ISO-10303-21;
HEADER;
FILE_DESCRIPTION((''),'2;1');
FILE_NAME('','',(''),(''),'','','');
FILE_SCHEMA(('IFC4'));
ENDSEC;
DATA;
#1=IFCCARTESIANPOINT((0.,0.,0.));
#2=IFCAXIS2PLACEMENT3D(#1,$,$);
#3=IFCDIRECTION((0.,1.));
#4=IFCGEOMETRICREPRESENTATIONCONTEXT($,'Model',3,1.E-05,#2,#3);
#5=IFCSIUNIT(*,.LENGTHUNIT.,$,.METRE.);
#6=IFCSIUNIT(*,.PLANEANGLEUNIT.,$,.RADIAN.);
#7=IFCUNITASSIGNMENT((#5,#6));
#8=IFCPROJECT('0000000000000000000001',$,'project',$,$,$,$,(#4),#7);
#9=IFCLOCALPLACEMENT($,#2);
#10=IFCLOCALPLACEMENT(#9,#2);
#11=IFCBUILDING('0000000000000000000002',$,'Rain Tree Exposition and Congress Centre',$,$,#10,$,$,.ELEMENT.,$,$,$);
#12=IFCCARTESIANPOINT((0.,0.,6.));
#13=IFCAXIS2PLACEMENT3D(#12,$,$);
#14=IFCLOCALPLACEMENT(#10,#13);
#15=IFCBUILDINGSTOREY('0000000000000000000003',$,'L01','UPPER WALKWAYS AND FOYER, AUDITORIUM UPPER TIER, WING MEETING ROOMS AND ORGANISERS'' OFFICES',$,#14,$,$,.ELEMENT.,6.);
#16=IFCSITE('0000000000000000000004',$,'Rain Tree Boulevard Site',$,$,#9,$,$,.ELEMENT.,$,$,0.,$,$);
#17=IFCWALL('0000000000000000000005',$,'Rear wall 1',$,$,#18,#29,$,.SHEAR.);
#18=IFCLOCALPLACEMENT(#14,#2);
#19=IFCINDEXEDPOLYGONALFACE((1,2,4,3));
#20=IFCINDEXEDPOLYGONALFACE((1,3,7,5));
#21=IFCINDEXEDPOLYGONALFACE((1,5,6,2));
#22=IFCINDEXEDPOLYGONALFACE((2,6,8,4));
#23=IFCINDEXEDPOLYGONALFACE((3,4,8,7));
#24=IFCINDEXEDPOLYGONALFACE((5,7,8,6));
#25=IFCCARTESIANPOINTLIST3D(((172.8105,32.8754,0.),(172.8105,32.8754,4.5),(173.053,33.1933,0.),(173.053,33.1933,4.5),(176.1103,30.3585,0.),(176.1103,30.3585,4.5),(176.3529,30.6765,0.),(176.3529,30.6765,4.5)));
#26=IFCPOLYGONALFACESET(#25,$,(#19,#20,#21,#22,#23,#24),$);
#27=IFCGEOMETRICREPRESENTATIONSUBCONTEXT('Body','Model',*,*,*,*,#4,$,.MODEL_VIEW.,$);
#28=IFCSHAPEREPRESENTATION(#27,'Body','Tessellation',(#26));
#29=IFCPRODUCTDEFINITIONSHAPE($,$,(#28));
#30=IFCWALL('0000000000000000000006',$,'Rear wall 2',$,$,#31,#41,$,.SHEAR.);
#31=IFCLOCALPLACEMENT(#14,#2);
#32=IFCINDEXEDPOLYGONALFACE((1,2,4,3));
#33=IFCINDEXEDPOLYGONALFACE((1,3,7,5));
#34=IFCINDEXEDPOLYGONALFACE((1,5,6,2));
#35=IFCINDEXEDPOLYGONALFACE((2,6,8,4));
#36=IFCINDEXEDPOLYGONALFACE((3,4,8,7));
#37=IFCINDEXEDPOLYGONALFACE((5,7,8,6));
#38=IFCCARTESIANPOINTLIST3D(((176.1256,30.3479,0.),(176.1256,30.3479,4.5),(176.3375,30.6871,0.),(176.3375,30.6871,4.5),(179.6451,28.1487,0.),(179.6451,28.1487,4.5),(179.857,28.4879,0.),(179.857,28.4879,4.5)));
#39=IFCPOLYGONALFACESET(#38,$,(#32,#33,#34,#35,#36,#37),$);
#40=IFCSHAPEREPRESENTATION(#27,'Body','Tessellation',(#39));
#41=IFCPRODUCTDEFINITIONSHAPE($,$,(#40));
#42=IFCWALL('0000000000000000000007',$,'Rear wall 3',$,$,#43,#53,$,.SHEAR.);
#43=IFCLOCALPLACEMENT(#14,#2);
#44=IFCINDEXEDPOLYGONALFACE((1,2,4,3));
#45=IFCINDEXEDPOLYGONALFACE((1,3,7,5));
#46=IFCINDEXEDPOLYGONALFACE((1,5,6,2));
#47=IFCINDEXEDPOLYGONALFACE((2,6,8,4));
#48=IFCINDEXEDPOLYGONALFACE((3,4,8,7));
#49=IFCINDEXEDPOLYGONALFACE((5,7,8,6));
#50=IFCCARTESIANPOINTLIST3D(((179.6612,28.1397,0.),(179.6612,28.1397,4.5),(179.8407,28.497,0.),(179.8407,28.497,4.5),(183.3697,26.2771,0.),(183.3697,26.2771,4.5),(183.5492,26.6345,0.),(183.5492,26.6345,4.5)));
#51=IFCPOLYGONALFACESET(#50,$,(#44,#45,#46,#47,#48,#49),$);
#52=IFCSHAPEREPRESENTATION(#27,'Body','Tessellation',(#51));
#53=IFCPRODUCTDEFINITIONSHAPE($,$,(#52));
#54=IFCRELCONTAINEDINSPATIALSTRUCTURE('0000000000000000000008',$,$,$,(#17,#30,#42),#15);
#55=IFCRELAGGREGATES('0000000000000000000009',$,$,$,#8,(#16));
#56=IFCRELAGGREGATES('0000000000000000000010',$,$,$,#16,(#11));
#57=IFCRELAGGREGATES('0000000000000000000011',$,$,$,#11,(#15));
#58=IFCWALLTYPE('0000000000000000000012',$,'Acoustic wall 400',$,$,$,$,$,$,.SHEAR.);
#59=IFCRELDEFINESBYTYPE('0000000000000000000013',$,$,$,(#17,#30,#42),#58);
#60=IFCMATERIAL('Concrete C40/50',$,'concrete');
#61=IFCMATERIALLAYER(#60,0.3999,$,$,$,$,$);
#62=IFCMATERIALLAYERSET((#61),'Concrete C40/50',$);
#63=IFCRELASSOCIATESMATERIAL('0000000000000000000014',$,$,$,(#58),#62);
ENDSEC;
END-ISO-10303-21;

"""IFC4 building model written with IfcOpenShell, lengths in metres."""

from ifc_helpers import new_model, si_unit, direction, frame, frame_2d, origin, place, context, subcontext, project, spatial, rectangle, extrude, material, layer, layer_set, type_object, element, save


model = new_model("IFC4")

# Units and contexts
model_context = context("Model", 3, precision=1e-05, world=origin(), true_north=direction((0.0, 1.0)))
body_context = subcontext(model_context, "Body", "Model", "MODEL_VIEW")
ifc_project = project(units=[si_unit("LENGTHUNIT", "METRE"), si_unit("PLANEANGLEUNIT", "RADIAN")], contexts=[model_context])

# Site, building, storey
site_placement = place(None, origin())
site = spatial("IfcSite", under=ifc_project, at=site_placement, Name="Rain Tree Boulevard Site", CompositionType="ELEMENT", RefElevation=0.0)
building_placement = place(site_placement, origin())
building = spatial("IfcBuilding", under=site, at=building_placement, Name="Rain Tree Exposition and Congress Centre", CompositionType="ELEMENT")
storey_placement = place(building_placement, frame((0.0, 0.0, 6.0)))
storey = spatial("IfcBuildingStorey", under=building, at=storey_placement, Name="L01", Description="UPPER WALKWAYS AND FOYER, AUDITORIUM UPPER TIER, WING MEETING ROOMS AND ORGANISERS' OFFICES", CompositionType="ELEMENT", Elevation=6.0)

# Walls
ifc_material_1 = material(Name="Concrete C40/50", Category="concrete")
ifc_layer_1 = layer(ifc_material_1, 0.3999)
ifc_layer_set_1 = layer_set([ifc_layer_1], Name="Concrete C40/50")
wall_type = type_object("IfcWallType", Name="Acoustic wall 400", PredefinedType="SHEAR", material=ifc_layer_set_1)
for number, where, z_axis, x_axis, name in (
    (1, (172.9316, 33.0344, 0.0), (0.0, 0.0, 1.0), (0.795117, -0.606456, 0.0), "Rear wall 1"),
    (2, (176.2314, 30.5176, 0.0), (0.0, 0.0, 1.0), (0.848051, -0.529914, 0.0), "Rear wall 2"),
):
    element("IfcWall", number, at=place(storey_placement, frame(where, z_axis=z_axis, x_axis=x_axis)), inside=storey, type_object=wall_type, Name=name, PredefinedType="SHEAR", context=body_context, shape_type="SweptSolid", body=[
        extrude(rectangle(XDim=4.1501, YDim=0.3999, at=frame_2d((2.0752, 0.0))), origin(), (0.0, 0.0, 1.0), 4.5),
    ])
wall_placement = place(storey_placement, frame((179.751, 28.3184, 0.0), z_axis=(0.0, 0.0, 1.0), x_axis=(0.893626, -0.448813, 0.0)))
element("IfcWall", 3, at=wall_placement, inside=storey, type_object=wall_type, Name="Rear wall 3", PredefinedType="SHEAR", context=body_context, shape_type="SweptSolid", body=[
    extrude(rectangle(XDim=4.1499, YDim=0.3999, at=frame_2d((2.075, 0.0))), origin(), (0.0, 0.0, 1.0), 4.5),
])

save(model, "model.ifc")
